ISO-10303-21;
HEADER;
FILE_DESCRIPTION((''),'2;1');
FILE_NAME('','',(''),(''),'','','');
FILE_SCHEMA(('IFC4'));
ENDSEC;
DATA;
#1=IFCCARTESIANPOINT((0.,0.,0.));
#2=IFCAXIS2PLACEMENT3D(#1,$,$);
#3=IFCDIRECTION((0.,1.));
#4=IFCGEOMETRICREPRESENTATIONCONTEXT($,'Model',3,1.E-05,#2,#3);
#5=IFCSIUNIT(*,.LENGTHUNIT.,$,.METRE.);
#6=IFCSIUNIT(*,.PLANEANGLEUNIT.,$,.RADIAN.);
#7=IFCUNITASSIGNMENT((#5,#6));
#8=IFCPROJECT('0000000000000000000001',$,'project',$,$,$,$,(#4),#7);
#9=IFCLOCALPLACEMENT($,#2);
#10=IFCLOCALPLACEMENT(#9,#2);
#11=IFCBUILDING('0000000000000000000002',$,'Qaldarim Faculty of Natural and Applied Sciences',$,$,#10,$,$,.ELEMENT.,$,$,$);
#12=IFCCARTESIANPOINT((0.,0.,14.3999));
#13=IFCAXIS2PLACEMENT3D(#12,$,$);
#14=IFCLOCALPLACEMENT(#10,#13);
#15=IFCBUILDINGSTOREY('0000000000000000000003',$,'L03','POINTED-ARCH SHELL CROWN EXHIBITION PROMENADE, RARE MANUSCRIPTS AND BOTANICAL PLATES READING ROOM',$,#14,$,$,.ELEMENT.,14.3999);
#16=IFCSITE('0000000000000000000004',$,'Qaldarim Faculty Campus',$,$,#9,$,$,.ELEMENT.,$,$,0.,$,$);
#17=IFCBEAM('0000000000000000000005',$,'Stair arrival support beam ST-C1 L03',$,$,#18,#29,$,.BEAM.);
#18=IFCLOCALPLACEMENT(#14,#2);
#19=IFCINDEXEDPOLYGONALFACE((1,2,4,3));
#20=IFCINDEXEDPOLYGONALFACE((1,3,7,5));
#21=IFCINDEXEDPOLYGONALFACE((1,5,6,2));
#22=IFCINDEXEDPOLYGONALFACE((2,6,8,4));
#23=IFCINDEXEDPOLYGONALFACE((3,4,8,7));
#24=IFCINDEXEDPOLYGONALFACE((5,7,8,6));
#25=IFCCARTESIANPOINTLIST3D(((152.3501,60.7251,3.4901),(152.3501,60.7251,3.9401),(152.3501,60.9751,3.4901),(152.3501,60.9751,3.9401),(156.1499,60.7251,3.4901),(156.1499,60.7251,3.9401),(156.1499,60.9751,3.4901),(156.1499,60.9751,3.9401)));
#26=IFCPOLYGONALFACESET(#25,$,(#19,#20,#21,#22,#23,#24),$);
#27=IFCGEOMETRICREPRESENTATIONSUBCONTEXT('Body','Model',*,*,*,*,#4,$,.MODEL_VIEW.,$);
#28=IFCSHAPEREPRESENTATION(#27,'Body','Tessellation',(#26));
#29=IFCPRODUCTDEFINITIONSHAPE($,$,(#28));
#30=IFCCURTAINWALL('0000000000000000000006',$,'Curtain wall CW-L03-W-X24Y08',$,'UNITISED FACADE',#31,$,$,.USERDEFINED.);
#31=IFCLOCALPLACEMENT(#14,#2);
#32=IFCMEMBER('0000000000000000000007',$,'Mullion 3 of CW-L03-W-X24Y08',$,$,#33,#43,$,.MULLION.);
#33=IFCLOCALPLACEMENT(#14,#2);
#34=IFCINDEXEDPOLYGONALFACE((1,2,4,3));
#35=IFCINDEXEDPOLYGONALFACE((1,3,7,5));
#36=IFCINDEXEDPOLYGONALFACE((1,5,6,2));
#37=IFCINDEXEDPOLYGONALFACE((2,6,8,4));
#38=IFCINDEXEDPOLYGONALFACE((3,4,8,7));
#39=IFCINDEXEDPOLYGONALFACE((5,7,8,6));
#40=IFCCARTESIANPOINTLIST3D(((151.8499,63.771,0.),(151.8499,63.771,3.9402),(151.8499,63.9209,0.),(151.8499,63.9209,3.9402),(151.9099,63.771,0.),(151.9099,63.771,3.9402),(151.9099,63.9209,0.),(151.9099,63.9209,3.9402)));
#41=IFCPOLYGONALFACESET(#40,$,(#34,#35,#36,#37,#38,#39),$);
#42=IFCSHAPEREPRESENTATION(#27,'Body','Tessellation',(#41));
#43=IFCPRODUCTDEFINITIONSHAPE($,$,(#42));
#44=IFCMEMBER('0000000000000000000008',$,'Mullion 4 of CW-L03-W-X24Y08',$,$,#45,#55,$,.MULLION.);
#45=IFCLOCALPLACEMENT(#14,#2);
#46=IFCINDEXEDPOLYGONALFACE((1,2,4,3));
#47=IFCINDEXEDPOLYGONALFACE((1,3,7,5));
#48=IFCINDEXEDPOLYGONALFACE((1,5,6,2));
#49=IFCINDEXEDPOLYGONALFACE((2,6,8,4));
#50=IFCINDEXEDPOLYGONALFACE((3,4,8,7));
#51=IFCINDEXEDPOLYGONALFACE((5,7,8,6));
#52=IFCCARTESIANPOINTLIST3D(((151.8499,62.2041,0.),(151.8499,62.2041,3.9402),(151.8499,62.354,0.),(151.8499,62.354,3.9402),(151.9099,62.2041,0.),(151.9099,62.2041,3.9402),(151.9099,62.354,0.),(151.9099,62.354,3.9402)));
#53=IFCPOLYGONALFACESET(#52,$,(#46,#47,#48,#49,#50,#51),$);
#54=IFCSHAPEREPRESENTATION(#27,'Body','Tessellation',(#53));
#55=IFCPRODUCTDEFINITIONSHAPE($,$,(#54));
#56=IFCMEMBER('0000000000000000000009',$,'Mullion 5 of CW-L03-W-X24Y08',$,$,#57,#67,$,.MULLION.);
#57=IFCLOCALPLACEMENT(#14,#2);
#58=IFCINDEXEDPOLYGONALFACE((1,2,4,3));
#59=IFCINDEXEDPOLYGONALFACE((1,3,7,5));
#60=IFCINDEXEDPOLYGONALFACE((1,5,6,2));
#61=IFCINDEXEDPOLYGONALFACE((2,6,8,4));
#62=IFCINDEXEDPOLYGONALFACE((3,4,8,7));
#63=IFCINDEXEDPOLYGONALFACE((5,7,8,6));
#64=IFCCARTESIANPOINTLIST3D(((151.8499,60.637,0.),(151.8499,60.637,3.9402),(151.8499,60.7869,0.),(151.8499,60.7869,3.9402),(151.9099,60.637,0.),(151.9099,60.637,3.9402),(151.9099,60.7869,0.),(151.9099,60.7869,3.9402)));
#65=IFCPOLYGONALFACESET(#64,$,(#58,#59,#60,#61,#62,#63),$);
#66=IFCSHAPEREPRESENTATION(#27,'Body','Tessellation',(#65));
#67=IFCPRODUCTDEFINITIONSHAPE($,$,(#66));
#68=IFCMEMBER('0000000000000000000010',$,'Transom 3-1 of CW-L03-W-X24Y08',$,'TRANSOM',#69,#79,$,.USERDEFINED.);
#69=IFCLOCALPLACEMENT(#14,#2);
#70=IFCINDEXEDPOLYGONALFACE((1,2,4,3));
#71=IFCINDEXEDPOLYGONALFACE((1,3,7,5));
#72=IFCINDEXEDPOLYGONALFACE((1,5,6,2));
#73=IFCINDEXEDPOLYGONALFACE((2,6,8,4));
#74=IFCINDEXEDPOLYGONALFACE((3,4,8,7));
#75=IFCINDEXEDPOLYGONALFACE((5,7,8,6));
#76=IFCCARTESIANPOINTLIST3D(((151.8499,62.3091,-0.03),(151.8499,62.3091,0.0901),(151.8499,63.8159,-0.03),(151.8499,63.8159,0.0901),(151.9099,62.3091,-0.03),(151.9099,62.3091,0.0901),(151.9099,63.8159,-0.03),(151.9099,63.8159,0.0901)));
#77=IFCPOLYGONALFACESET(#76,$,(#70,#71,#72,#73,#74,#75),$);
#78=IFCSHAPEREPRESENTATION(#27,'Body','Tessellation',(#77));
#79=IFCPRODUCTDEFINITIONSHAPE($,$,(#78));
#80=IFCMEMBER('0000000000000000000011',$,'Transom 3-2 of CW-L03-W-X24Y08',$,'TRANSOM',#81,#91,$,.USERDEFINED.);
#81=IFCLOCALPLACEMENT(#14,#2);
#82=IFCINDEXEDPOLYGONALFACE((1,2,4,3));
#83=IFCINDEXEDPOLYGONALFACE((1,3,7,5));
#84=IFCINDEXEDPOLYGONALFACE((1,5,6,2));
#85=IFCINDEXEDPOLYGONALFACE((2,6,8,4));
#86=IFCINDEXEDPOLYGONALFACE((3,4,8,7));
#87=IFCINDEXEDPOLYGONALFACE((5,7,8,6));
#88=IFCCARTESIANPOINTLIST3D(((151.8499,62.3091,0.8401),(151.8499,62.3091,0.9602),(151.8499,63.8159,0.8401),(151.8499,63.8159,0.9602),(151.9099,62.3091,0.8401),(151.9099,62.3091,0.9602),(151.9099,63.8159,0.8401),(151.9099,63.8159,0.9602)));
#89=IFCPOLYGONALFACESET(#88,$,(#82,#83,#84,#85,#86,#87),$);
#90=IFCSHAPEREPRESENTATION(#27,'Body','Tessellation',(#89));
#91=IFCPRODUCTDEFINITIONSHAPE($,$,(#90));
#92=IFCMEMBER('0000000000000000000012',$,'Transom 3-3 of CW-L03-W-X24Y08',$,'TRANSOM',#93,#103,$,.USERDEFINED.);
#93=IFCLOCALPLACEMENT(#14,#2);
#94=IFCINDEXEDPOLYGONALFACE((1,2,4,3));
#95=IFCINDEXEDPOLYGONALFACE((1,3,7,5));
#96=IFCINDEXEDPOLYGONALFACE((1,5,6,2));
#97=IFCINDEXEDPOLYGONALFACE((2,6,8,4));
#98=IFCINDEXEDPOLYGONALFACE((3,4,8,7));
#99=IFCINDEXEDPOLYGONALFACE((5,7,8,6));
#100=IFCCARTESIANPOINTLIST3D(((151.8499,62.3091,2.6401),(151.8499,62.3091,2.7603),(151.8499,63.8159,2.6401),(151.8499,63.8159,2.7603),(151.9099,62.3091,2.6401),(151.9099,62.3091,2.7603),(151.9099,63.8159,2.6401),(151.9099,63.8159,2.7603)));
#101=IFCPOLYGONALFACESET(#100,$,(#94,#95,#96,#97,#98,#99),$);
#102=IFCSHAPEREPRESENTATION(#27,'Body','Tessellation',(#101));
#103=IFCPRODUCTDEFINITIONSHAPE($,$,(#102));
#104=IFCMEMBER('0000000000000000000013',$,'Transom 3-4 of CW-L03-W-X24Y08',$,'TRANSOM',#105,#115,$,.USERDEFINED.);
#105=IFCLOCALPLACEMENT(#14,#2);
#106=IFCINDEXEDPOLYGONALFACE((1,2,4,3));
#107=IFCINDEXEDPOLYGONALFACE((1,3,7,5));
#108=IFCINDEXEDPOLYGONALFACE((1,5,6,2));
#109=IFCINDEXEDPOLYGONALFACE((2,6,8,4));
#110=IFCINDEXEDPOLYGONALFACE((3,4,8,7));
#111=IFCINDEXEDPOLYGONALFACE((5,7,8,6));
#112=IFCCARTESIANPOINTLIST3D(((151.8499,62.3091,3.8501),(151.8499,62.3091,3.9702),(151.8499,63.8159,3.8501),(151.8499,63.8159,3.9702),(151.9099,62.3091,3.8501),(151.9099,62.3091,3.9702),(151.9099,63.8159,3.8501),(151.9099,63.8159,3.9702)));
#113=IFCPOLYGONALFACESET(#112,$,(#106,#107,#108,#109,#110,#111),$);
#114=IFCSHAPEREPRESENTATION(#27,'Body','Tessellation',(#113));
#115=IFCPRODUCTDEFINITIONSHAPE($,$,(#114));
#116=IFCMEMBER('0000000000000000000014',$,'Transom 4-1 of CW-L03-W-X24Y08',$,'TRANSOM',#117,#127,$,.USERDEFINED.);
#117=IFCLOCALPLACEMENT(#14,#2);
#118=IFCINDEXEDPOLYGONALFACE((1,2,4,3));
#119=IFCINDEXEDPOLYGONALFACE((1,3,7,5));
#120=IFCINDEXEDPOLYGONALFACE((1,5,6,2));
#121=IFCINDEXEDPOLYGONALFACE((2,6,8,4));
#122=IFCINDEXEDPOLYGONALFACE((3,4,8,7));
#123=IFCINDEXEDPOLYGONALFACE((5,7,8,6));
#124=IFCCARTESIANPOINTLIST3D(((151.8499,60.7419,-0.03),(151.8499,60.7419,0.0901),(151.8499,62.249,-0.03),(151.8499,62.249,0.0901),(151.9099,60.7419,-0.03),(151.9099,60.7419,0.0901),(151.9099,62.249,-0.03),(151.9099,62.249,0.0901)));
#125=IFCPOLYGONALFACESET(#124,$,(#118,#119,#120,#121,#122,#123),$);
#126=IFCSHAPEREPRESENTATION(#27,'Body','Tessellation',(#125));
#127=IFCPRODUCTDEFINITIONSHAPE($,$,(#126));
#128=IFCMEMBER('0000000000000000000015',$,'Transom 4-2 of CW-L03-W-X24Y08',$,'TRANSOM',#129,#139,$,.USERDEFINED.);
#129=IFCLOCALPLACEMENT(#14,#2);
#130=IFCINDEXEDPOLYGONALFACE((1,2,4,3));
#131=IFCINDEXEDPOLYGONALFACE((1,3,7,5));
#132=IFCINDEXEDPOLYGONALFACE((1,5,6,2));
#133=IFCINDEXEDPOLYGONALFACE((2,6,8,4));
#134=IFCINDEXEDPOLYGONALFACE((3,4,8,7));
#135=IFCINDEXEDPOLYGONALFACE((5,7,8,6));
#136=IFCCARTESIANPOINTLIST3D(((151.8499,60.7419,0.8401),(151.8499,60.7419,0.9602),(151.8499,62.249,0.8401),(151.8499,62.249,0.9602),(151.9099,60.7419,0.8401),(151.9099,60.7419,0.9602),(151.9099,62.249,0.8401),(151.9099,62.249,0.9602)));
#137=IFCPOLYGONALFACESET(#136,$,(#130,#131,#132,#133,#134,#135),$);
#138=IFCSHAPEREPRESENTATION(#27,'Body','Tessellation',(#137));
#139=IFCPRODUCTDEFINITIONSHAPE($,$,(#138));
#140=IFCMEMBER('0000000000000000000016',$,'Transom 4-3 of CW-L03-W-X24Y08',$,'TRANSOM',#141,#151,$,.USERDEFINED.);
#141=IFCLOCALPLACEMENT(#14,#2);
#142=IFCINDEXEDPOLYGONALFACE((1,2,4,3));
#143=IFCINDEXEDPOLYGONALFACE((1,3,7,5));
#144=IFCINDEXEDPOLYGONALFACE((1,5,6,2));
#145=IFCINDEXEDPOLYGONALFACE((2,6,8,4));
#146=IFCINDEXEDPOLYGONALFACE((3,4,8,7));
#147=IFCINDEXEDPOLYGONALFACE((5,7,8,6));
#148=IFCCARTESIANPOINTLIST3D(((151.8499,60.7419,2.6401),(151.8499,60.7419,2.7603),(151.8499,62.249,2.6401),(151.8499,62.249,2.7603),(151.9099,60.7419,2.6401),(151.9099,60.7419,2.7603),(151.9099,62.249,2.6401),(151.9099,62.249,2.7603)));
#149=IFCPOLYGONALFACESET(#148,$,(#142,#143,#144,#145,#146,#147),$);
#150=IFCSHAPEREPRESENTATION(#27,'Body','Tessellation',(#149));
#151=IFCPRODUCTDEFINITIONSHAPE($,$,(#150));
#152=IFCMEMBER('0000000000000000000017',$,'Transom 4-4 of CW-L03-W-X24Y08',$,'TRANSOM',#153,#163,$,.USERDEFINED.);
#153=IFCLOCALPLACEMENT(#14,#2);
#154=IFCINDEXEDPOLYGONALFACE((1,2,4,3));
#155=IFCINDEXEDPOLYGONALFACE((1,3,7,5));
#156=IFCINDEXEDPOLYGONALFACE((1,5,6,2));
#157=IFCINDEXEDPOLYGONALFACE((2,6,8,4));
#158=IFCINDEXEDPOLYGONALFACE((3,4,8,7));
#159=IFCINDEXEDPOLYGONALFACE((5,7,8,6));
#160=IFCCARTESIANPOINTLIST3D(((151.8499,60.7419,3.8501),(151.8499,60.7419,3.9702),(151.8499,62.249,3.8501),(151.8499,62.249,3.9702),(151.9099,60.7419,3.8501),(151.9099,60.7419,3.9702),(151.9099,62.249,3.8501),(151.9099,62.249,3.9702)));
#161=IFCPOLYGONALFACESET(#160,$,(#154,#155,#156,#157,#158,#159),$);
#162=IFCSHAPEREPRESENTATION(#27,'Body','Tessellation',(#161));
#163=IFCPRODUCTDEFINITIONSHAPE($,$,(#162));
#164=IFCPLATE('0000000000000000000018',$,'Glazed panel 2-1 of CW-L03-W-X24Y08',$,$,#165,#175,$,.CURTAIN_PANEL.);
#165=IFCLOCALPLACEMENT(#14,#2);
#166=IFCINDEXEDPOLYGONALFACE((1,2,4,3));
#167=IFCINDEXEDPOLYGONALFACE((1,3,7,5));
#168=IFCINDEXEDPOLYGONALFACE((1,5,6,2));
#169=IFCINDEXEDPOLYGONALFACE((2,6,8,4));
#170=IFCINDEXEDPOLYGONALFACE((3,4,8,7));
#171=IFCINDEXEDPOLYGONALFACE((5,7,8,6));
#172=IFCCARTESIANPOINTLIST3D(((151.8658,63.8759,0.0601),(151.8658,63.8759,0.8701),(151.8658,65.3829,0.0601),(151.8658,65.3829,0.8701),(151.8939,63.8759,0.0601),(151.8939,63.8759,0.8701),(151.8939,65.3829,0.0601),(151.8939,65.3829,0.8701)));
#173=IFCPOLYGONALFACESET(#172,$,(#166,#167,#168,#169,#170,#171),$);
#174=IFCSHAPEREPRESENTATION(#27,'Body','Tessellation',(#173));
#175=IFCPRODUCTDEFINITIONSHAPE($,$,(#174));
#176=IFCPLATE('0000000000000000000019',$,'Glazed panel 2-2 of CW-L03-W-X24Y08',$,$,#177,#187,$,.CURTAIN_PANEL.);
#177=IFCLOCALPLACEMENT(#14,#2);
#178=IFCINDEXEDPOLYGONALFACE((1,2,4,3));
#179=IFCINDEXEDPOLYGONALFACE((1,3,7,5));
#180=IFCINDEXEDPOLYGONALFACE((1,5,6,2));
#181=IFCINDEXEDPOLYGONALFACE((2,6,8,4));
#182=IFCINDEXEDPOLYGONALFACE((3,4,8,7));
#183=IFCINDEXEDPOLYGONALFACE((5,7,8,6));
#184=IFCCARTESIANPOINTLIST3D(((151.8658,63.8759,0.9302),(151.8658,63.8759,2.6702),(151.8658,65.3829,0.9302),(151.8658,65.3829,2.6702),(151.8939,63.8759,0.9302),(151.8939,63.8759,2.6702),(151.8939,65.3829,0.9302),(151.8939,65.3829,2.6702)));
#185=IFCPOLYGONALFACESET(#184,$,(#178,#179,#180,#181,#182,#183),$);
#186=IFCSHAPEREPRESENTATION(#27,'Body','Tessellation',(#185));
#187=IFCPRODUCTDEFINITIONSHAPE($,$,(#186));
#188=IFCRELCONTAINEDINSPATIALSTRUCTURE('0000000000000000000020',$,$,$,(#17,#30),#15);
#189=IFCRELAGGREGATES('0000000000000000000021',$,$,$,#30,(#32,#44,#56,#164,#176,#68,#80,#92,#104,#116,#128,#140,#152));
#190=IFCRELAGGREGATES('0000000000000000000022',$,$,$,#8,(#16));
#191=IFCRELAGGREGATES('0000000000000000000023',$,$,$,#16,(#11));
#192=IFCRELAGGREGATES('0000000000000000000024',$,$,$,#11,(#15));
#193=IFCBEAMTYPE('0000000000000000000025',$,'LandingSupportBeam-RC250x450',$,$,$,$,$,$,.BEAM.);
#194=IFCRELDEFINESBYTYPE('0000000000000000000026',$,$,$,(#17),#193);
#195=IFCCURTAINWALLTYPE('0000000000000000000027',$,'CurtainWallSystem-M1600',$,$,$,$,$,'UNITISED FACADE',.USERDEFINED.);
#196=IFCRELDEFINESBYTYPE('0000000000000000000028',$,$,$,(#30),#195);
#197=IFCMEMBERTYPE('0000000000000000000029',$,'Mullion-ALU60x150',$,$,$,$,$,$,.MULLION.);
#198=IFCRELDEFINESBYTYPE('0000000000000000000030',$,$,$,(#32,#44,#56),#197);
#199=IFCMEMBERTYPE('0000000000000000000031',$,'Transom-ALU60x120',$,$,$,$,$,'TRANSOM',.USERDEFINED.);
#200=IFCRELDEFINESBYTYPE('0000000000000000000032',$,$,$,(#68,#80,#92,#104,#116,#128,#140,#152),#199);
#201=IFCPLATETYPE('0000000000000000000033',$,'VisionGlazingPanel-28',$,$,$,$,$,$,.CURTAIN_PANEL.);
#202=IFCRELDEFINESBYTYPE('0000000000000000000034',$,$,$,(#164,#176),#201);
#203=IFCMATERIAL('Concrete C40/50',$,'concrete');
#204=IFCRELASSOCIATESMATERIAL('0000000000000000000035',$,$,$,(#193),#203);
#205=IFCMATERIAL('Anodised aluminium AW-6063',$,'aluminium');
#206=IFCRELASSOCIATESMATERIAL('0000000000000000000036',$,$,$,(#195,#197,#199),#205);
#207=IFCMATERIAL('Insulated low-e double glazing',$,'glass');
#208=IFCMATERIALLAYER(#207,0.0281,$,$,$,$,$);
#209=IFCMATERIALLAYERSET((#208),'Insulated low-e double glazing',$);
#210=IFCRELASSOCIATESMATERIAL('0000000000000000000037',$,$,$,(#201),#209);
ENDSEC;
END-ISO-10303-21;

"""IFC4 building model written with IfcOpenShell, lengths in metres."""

from ifc_helpers import new_model, si_unit, direction, frame, origin, origin_2d, place, context, subcontext, project, spatial, rectangle, extrude, material, layer, layer_set, material_profile, profile_set, type_object, element, aggregate, save


model = new_model("IFC4")

# Units and contexts
model_context = context("Model", 3, precision=1e-05, world=origin(), true_north=direction((0.0, 1.0)))
body_context = subcontext(model_context, "Body", "Model", "MODEL_VIEW")
ifc_project = project(units=[si_unit("LENGTHUNIT", "METRE"), si_unit("PLANEANGLEUNIT", "RADIAN")], contexts=[model_context])

# Site, building, storey
site_placement = place(None, origin())
site = spatial("IfcSite", under=ifc_project, at=site_placement, Name="Qaldarim Faculty Campus", CompositionType="ELEMENT", RefElevation=0.0)
building_placement = place(site_placement, origin())
building = spatial("IfcBuilding", under=site, at=building_placement, Name="Qaldarim Faculty of Natural and Applied Sciences", CompositionType="ELEMENT")
storey_placement = place(building_placement, frame((0.0, 0.0, 14.3999)))
storey = spatial("IfcBuildingStorey", under=building, at=storey_placement, Name="L03", Description="POINTED-ARCH SHELL CROWN EXHIBITION PROMENADE, RARE MANUSCRIPTS AND BOTANICAL PLATES READING ROOM", CompositionType="ELEMENT", Elevation=14.3999)

# Beam
ifc_material_1 = material(Name="Concrete C40/50", Category="concrete")
ifc_material_profile_1 = material_profile(ifc_material_1, rectangle(XDim=0.25, YDim=0.45, at=origin_2d()), Name="RC-LN250x450")
ifc_profile_set_1 = profile_set([ifc_material_profile_1], Name="Concrete C40/50")
beam_type = type_object("IfcBeamType", Name="LandingSupportBeam-RC250x450", PredefinedType="BEAM", material=ifc_profile_set_1)
beam_placement = place(storey_placement, frame((152.3501, 60.8501, 3.7151), z_axis=(1.0, 0.0, 0.0), x_axis=(0.0, 1.0, 0.0)))
element("IfcBeam", 1, at=beam_placement, inside=storey, type_object=beam_type, Name="Stair arrival support beam ST-C1 L03", PredefinedType="BEAM", context=body_context, shape_type="SweptSolid", body=[
    extrude(rectangle(XDim=0.25, YDim=0.45, at=origin_2d()), origin(), (0.0, 0.0, 1.0), 3.7998),
])

# Curtain wall, members, plates
ifc_material_2 = material(Name="Anodised aluminium AW-6063", Category="aluminium")
curtain_wall_type = type_object("IfcCurtainWallType", Name="CurtainWallSystem-M1600", ElementType="UNITISED FACADE", PredefinedType="USERDEFINED", material=ifc_material_2)
curtain_wall_placement = place(storey_placement, origin())
curtain_wall = element("IfcCurtainWall", 2, at=curtain_wall_placement, inside=storey, type_object=curtain_wall_type, Name="Curtain wall CW-L03-W-X24Y08", ObjectType="UNITISED FACADE", PredefinedType="USERDEFINED")
ifc_material_profile_2 = material_profile(ifc_material_2, rectangle(XDim=0.0601, YDim=0.1499, at=origin_2d()), Name="ALU-M60x150")
ifc_profile_set_2 = profile_set([ifc_material_profile_2], Name="Anodised aluminium AW-6063")
member_type_1 = type_object("IfcMemberType", Name="Mullion-ALU60x150", PredefinedType="MULLION", material=ifc_profile_set_2)
member_1_placement = place(storey_placement, frame((151.8799, 63.8459, 0.0), z_axis=(0.0, 0.0, 1.0), x_axis=(1.0, 0.0, 0.0)))
member_1 = element("IfcMember", 3, at=member_1_placement, type_object=member_type_1, Name="Mullion 3 of CW-L03-W-X24Y08", PredefinedType="MULLION", context=body_context, shape_type="SweptSolid", body=[
    extrude(rectangle(XDim=0.0601, YDim=0.1499, at=origin_2d()), origin(), (0.0, 0.0, 1.0), 3.9402),
])
member_2_placement = place(storey_placement, frame((151.8799, 62.2791, 0.0), z_axis=(0.0, 0.0, 1.0), x_axis=(1.0, 0.0, 0.0)))
member_2 = element("IfcMember", 4, at=member_2_placement, type_object=member_type_1, Name="Mullion 4 of CW-L03-W-X24Y08", PredefinedType="MULLION", context=body_context, shape_type="SweptSolid", body=[
    extrude(rectangle(XDim=0.0601, YDim=0.1499, at=origin_2d()), origin(), (0.0, 0.0, 1.0), 3.9402),
])
member_3_placement = place(storey_placement, frame((151.8799, 60.7119, 0.0), z_axis=(0.0, 0.0, 1.0), x_axis=(1.0, 0.0, 0.0)))
member_3 = element("IfcMember", 5, at=member_3_placement, type_object=member_type_1, Name="Mullion 5 of CW-L03-W-X24Y08", PredefinedType="MULLION", context=body_context, shape_type="SweptSolid", body=[
    extrude(rectangle(XDim=0.0601, YDim=0.1499, at=origin_2d()), origin(), (0.0, 0.0, 1.0), 3.9402),
])
ifc_material_profile_3 = material_profile(ifc_material_2, rectangle(XDim=0.0601, YDim=0.1201, at=origin_2d()), Name="ALU-T60x120")
ifc_profile_set_3 = profile_set([ifc_material_profile_3], Name="Anodised aluminium AW-6063")
member_type_2 = type_object("IfcMemberType", Name="Transom-ALU60x120", ElementType="TRANSOM", PredefinedType="USERDEFINED", material=ifc_profile_set_3)
member_4_placement = place(storey_placement, frame((151.8799, 63.8159, 0.03), z_axis=(0.0, -1.0, 0.0), x_axis=(1.0, 0.0, 0.0)))
member_4 = element("IfcMember", 6, at=member_4_placement, type_object=member_type_2, Name="Transom 3-1 of CW-L03-W-X24Y08", ObjectType="TRANSOM", PredefinedType="USERDEFINED", context=body_context, shape_type="SweptSolid", body=[
    extrude(rectangle(XDim=0.0601, YDim=0.1201, at=origin_2d()), origin(), (0.0, 0.0, 1.0), 1.5068),
])
member_5_placement = place(storey_placement, frame((151.8799, 63.8159, 0.9001), z_axis=(0.0, -1.0, 0.0), x_axis=(1.0, 0.0, 0.0)))
member_5 = element("IfcMember", 7, at=member_5_placement, type_object=member_type_2, Name="Transom 3-2 of CW-L03-W-X24Y08", ObjectType="TRANSOM", PredefinedType="USERDEFINED", context=body_context, shape_type="SweptSolid", body=[
    extrude(rectangle(XDim=0.0601, YDim=0.1201, at=origin_2d()), origin(), (0.0, 0.0, 1.0), 1.5068),
])
member_6_placement = place(storey_placement, frame((151.8799, 63.8159, 2.7002), z_axis=(0.0, -1.0, 0.0), x_axis=(1.0, 0.0, 0.0)))
member_6 = element("IfcMember", 8, at=member_6_placement, type_object=member_type_2, Name="Transom 3-3 of CW-L03-W-X24Y08", ObjectType="TRANSOM", PredefinedType="USERDEFINED", context=body_context, shape_type="SweptSolid", body=[
    extrude(rectangle(XDim=0.0601, YDim=0.1201, at=origin_2d()), origin(), (0.0, 0.0, 1.0), 1.5068),
])
member_7_placement = place(storey_placement, frame((151.8799, 63.8159, 3.9102), z_axis=(0.0, -1.0, 0.0), x_axis=(1.0, 0.0, 0.0)))
member_7 = element("IfcMember", 9, at=member_7_placement, type_object=member_type_2, Name="Transom 3-4 of CW-L03-W-X24Y08", ObjectType="TRANSOM", PredefinedType="USERDEFINED", context=body_context, shape_type="SweptSolid", body=[
    extrude(rectangle(XDim=0.0601, YDim=0.1201, at=origin_2d()), origin(), (0.0, 0.0, 1.0), 1.5068),
])
member_8_placement = place(storey_placement, frame((151.8799, 62.249, 0.03), z_axis=(0.0, -1.0, 0.0), x_axis=(1.0, 0.0, 0.0)))
member_8 = element("IfcMember", 10, at=member_8_placement, type_object=member_type_2, Name="Transom 4-1 of CW-L03-W-X24Y08", ObjectType="TRANSOM", PredefinedType="USERDEFINED", context=body_context, shape_type="SweptSolid", body=[
    extrude(rectangle(XDim=0.0601, YDim=0.1201, at=origin_2d()), origin(), (0.0, 0.0, 1.0), 1.5071),
])
member_9_placement = place(storey_placement, frame((151.8799, 62.249, 0.9001), z_axis=(0.0, -1.0, 0.0), x_axis=(1.0, 0.0, 0.0)))
member_9 = element("IfcMember", 11, at=member_9_placement, type_object=member_type_2, Name="Transom 4-2 of CW-L03-W-X24Y08", ObjectType="TRANSOM", PredefinedType="USERDEFINED", context=body_context, shape_type="SweptSolid", body=[
    extrude(rectangle(XDim=0.0601, YDim=0.1201, at=origin_2d()), origin(), (0.0, 0.0, 1.0), 1.5071),
])
member_10_placement = place(storey_placement, frame((151.8799, 62.249, 2.7002), z_axis=(0.0, -1.0, 0.0), x_axis=(1.0, 0.0, 0.0)))
member_10 = element("IfcMember", 12, at=member_10_placement, type_object=member_type_2, Name="Transom 4-3 of CW-L03-W-X24Y08", ObjectType="TRANSOM", PredefinedType="USERDEFINED", context=body_context, shape_type="SweptSolid", body=[
    extrude(rectangle(XDim=0.0601, YDim=0.1201, at=origin_2d()), origin(), (0.0, 0.0, 1.0), 1.5071),
])
member_11_placement = place(storey_placement, frame((151.8799, 62.249, 3.9102), z_axis=(0.0, -1.0, 0.0), x_axis=(1.0, 0.0, 0.0)))
member_11 = element("IfcMember", 13, at=member_11_placement, type_object=member_type_2, Name="Transom 4-4 of CW-L03-W-X24Y08", ObjectType="TRANSOM", PredefinedType="USERDEFINED", context=body_context, shape_type="SweptSolid", body=[
    extrude(rectangle(XDim=0.0601, YDim=0.1201, at=origin_2d()), origin(), (0.0, 0.0, 1.0), 1.5071),
])
ifc_material_3 = material(Name="Insulated low-e double glazing", Category="glass")
ifc_layer_1 = layer(ifc_material_3, 0.0281)
ifc_layer_set_1 = layer_set([ifc_layer_1], Name="Insulated low-e double glazing")
plate_type = type_object("IfcPlateType", Name="VisionGlazingPanel-28", PredefinedType="CURTAIN_PANEL", material=ifc_layer_set_1)
plate_1_placement = place(storey_placement, frame((151.8799, 64.6294, 0.0601), z_axis=(0.0, 0.0, 1.0), x_axis=(0.0, -1.0, 0.0)))
plate_1 = element("IfcPlate", 14, at=plate_1_placement, type_object=plate_type, Name="Glazed panel 2-1 of CW-L03-W-X24Y08", PredefinedType="CURTAIN_PANEL", context=body_context, shape_type="SweptSolid", body=[
    extrude(rectangle(XDim=1.5071, YDim=0.0281, at=origin_2d()), origin(), (0.0, 0.0, 1.0), 0.8101),
])
plate_2_placement = place(storey_placement, frame((151.8799, 64.6294, 0.9302), z_axis=(0.0, 0.0, 1.0), x_axis=(0.0, -1.0, 0.0)))
plate_2 = element("IfcPlate", 15, at=plate_2_placement, type_object=plate_type, Name="Glazed panel 2-2 of CW-L03-W-X24Y08", PredefinedType="CURTAIN_PANEL", context=body_context, shape_type="SweptSolid", body=[
    extrude(rectangle(XDim=1.5071, YDim=0.0281, at=origin_2d()), origin(), (0.0, 0.0, 1.0), 1.74),
])
aggregate(curtain_wall, [member_1, member_2, member_3, plate_1, plate_2, member_4, member_5, member_6, member_7, member_8, member_9, member_10, member_11])

save(model, "model.ifc")
